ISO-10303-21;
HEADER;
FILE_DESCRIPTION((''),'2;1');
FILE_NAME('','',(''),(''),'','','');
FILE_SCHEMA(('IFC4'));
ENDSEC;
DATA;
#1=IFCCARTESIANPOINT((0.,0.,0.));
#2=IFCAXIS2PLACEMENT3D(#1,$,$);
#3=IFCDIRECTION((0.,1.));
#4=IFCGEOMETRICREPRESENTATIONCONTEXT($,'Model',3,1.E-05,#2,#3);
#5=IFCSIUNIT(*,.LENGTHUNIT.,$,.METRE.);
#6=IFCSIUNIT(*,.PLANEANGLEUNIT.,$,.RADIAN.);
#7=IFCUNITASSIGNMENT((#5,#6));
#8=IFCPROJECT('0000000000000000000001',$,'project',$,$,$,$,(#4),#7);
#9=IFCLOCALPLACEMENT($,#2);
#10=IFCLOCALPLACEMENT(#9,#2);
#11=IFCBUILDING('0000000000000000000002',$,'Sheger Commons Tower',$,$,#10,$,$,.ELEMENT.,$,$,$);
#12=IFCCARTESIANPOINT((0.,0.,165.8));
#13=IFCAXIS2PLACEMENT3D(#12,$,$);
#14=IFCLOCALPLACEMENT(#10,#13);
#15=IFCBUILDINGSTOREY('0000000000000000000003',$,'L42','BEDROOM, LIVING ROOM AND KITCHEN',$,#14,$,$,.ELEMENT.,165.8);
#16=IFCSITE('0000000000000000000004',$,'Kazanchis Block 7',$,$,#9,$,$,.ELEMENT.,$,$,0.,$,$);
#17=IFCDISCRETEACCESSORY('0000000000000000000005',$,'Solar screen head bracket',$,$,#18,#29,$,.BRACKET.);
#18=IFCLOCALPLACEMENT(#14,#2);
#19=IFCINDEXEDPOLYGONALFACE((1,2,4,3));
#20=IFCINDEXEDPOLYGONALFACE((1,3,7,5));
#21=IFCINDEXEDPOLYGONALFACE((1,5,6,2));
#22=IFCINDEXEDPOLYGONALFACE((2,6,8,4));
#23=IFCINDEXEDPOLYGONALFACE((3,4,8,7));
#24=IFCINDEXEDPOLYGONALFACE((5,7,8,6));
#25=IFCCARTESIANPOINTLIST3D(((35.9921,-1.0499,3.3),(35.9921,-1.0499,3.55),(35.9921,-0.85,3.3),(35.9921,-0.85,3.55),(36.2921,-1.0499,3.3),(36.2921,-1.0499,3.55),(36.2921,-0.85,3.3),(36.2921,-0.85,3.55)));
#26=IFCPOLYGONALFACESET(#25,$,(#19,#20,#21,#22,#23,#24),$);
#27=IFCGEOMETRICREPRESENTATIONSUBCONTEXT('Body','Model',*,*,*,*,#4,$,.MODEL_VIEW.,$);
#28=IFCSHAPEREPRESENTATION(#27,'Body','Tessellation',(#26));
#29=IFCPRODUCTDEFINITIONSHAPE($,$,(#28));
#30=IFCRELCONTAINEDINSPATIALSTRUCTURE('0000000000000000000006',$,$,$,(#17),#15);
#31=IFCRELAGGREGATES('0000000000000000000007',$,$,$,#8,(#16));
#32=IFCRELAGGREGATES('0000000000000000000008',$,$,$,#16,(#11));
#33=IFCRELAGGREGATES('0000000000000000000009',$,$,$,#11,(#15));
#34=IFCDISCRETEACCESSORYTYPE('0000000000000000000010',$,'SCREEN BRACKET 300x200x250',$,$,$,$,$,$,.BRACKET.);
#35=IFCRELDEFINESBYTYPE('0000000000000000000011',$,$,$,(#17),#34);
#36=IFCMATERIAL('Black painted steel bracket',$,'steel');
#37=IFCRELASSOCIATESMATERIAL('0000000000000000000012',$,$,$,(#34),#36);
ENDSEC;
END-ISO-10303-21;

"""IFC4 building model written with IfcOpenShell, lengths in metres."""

from ifc_helpers import new_model, si_unit, direction, frame, origin, origin_2d, place, context, subcontext, project, spatial, rectangle, extrude, material, type_object, element, save


model = new_model("IFC4")

# Units and contexts
model_context = context("Model", 3, precision=1e-05, world=origin(), true_north=direction((0.0, 1.0)))
body_context = subcontext(model_context, "Body", "Model", "MODEL_VIEW")
ifc_project = project(units=[si_unit("LENGTHUNIT", "METRE"), si_unit("PLANEANGLEUNIT", "RADIAN")], contexts=[model_context])

# Site, building, storey
site_placement = place(None, origin())
site = spatial("IfcSite", under=ifc_project, at=site_placement, Name="Kazanchis Block 7", CompositionType="ELEMENT", RefElevation=0.0)
building_placement = place(site_placement, origin())
building = spatial("IfcBuilding", under=site, at=building_placement, Name="Sheger Commons Tower", CompositionType="ELEMENT")
storey_placement = place(building_placement, frame((0.0, 0.0, 165.8)))
storey = spatial("IfcBuildingStorey", under=building, at=storey_placement, Name="L42", Description="BEDROOM, LIVING ROOM AND KITCHEN", CompositionType="ELEMENT", Elevation=165.8)

# Discrete accessory
ifc_material_1 = material(Name="Black painted steel bracket", Category="steel")
discrete_accessory_type = type_object("IfcDiscreteAccessoryType", Name="SCREEN BRACKET 300x200x250", PredefinedType="BRACKET", material=ifc_material_1)
for number, where, z_axis, x_axis, name in (
    (1, (36.1421, -0.95, 3.3), (0.0, 0.0, 1.0), (1.0, 0.0, 0.0), "Solar screen head bracket"),
):
    element("IfcDiscreteAccessory", number, at=place(storey_placement, frame(where, z_axis=z_axis, x_axis=x_axis)), inside=storey, type_object=discrete_accessory_type, Name=name, PredefinedType="BRACKET", context=body_context, shape_type="SweptSolid", body=[
        extrude(rectangle(XDim=0.3, YDim=0.2, at=origin_2d()), origin(), (0.0, 0.0, 1.0), 0.25),
    ])

save(model, "model.ifc")
